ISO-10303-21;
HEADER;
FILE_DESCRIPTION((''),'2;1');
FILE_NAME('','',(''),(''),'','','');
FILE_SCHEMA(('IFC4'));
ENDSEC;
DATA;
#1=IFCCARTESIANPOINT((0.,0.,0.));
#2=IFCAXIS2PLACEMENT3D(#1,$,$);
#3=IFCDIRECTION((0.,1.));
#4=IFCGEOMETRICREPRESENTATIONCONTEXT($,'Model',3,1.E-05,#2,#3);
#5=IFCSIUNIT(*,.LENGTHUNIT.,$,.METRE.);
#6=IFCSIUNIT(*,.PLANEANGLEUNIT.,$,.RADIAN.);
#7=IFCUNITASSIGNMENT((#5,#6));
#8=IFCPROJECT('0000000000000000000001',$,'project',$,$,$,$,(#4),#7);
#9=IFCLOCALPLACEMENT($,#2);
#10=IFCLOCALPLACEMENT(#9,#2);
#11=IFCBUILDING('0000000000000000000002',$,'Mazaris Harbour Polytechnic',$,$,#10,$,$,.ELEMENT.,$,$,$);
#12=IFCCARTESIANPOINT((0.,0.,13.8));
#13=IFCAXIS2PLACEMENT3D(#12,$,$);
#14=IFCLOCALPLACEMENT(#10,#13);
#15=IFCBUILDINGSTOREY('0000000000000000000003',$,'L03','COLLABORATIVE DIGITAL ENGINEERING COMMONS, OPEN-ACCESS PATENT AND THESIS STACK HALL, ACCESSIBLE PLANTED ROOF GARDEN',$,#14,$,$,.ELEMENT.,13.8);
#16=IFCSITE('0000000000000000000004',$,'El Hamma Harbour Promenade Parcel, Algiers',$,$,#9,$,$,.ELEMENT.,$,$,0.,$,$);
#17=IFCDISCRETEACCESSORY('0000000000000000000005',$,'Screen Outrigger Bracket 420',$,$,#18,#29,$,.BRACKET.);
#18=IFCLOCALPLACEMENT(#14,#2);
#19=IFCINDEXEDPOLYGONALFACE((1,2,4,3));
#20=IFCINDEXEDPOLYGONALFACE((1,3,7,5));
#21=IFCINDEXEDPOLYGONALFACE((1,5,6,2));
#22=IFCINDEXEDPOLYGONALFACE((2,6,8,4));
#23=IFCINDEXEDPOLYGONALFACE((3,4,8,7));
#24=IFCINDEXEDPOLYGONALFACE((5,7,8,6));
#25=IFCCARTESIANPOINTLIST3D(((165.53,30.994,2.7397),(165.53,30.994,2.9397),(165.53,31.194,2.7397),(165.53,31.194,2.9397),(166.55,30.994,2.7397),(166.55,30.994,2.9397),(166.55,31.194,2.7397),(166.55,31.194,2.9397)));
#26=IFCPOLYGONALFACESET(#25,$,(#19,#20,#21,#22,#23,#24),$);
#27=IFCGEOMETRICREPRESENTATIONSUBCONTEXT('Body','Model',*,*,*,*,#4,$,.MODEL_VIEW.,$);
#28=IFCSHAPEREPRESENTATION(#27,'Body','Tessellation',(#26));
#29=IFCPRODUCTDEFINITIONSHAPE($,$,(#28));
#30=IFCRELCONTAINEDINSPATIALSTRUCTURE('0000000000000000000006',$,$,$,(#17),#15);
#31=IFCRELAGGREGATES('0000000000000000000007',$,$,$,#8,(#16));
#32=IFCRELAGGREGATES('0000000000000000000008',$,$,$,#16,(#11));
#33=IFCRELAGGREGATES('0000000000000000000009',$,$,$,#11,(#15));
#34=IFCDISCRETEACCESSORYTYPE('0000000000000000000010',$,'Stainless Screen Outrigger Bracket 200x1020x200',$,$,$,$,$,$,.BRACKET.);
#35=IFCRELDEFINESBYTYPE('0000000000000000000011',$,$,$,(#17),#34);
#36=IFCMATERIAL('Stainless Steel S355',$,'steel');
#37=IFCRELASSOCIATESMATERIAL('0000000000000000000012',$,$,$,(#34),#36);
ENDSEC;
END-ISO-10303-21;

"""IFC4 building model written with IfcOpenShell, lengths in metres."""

from ifc_helpers import new_model, si_unit, direction, frame, origin, origin_2d, place, context, subcontext, project, spatial, rectangle, extrude, material, type_object, element, save


model = new_model("IFC4")

# Units and contexts
model_context = context("Model", 3, precision=1e-05, world=origin(), true_north=direction((0.0, 1.0)))
body_context = subcontext(model_context, "Body", "Model", "MODEL_VIEW")
ifc_project = project(units=[si_unit("LENGTHUNIT", "METRE"), si_unit("PLANEANGLEUNIT", "RADIAN")], contexts=[model_context])

# Site, building, storey
site_placement = place(None, origin())
site = spatial("IfcSite", under=ifc_project, at=site_placement, Name="El Hamma Harbour Promenade Parcel, Algiers", CompositionType="ELEMENT", RefElevation=0.0)
building_placement = place(site_placement, origin())
building = spatial("IfcBuilding", under=site, at=building_placement, Name="Mazaris Harbour Polytechnic", CompositionType="ELEMENT")
storey_placement = place(building_placement, frame((0.0, 0.0, 13.8)))
storey = spatial("IfcBuildingStorey", under=building, at=storey_placement, Name="L03", Description="COLLABORATIVE DIGITAL ENGINEERING COMMONS, OPEN-ACCESS PATENT AND THESIS STACK HALL, ACCESSIBLE PLANTED ROOF GARDEN", CompositionType="ELEMENT", Elevation=13.8)

# Discrete accessory
ifc_material_1 = material(Name="Stainless Steel S355", Category="steel")
discrete_accessory_type = type_object("IfcDiscreteAccessoryType", Name="Stainless Screen Outrigger Bracket 200x1020x200", PredefinedType="BRACKET", material=ifc_material_1)
for number, where, z_axis, x_axis, name in (
    (1, (166.04, 31.094, 2.7397), (0.0, 0.0, 1.0), (0.0, -1.0, 0.0), "Screen Outrigger Bracket 420"),
):
    element("IfcDiscreteAccessory", number, at=place(storey_placement, frame(where, z_axis=z_axis, x_axis=x_axis)), inside=storey, type_object=discrete_accessory_type, Name=name, PredefinedType="BRACKET", context=body_context, shape_type="SweptSolid", body=[
        extrude(rectangle(XDim=0.2, YDim=1.02, at=origin_2d()), origin(), (0.0, 0.0, 1.0), 0.2),
    ])

save(model, "model.ifc")
